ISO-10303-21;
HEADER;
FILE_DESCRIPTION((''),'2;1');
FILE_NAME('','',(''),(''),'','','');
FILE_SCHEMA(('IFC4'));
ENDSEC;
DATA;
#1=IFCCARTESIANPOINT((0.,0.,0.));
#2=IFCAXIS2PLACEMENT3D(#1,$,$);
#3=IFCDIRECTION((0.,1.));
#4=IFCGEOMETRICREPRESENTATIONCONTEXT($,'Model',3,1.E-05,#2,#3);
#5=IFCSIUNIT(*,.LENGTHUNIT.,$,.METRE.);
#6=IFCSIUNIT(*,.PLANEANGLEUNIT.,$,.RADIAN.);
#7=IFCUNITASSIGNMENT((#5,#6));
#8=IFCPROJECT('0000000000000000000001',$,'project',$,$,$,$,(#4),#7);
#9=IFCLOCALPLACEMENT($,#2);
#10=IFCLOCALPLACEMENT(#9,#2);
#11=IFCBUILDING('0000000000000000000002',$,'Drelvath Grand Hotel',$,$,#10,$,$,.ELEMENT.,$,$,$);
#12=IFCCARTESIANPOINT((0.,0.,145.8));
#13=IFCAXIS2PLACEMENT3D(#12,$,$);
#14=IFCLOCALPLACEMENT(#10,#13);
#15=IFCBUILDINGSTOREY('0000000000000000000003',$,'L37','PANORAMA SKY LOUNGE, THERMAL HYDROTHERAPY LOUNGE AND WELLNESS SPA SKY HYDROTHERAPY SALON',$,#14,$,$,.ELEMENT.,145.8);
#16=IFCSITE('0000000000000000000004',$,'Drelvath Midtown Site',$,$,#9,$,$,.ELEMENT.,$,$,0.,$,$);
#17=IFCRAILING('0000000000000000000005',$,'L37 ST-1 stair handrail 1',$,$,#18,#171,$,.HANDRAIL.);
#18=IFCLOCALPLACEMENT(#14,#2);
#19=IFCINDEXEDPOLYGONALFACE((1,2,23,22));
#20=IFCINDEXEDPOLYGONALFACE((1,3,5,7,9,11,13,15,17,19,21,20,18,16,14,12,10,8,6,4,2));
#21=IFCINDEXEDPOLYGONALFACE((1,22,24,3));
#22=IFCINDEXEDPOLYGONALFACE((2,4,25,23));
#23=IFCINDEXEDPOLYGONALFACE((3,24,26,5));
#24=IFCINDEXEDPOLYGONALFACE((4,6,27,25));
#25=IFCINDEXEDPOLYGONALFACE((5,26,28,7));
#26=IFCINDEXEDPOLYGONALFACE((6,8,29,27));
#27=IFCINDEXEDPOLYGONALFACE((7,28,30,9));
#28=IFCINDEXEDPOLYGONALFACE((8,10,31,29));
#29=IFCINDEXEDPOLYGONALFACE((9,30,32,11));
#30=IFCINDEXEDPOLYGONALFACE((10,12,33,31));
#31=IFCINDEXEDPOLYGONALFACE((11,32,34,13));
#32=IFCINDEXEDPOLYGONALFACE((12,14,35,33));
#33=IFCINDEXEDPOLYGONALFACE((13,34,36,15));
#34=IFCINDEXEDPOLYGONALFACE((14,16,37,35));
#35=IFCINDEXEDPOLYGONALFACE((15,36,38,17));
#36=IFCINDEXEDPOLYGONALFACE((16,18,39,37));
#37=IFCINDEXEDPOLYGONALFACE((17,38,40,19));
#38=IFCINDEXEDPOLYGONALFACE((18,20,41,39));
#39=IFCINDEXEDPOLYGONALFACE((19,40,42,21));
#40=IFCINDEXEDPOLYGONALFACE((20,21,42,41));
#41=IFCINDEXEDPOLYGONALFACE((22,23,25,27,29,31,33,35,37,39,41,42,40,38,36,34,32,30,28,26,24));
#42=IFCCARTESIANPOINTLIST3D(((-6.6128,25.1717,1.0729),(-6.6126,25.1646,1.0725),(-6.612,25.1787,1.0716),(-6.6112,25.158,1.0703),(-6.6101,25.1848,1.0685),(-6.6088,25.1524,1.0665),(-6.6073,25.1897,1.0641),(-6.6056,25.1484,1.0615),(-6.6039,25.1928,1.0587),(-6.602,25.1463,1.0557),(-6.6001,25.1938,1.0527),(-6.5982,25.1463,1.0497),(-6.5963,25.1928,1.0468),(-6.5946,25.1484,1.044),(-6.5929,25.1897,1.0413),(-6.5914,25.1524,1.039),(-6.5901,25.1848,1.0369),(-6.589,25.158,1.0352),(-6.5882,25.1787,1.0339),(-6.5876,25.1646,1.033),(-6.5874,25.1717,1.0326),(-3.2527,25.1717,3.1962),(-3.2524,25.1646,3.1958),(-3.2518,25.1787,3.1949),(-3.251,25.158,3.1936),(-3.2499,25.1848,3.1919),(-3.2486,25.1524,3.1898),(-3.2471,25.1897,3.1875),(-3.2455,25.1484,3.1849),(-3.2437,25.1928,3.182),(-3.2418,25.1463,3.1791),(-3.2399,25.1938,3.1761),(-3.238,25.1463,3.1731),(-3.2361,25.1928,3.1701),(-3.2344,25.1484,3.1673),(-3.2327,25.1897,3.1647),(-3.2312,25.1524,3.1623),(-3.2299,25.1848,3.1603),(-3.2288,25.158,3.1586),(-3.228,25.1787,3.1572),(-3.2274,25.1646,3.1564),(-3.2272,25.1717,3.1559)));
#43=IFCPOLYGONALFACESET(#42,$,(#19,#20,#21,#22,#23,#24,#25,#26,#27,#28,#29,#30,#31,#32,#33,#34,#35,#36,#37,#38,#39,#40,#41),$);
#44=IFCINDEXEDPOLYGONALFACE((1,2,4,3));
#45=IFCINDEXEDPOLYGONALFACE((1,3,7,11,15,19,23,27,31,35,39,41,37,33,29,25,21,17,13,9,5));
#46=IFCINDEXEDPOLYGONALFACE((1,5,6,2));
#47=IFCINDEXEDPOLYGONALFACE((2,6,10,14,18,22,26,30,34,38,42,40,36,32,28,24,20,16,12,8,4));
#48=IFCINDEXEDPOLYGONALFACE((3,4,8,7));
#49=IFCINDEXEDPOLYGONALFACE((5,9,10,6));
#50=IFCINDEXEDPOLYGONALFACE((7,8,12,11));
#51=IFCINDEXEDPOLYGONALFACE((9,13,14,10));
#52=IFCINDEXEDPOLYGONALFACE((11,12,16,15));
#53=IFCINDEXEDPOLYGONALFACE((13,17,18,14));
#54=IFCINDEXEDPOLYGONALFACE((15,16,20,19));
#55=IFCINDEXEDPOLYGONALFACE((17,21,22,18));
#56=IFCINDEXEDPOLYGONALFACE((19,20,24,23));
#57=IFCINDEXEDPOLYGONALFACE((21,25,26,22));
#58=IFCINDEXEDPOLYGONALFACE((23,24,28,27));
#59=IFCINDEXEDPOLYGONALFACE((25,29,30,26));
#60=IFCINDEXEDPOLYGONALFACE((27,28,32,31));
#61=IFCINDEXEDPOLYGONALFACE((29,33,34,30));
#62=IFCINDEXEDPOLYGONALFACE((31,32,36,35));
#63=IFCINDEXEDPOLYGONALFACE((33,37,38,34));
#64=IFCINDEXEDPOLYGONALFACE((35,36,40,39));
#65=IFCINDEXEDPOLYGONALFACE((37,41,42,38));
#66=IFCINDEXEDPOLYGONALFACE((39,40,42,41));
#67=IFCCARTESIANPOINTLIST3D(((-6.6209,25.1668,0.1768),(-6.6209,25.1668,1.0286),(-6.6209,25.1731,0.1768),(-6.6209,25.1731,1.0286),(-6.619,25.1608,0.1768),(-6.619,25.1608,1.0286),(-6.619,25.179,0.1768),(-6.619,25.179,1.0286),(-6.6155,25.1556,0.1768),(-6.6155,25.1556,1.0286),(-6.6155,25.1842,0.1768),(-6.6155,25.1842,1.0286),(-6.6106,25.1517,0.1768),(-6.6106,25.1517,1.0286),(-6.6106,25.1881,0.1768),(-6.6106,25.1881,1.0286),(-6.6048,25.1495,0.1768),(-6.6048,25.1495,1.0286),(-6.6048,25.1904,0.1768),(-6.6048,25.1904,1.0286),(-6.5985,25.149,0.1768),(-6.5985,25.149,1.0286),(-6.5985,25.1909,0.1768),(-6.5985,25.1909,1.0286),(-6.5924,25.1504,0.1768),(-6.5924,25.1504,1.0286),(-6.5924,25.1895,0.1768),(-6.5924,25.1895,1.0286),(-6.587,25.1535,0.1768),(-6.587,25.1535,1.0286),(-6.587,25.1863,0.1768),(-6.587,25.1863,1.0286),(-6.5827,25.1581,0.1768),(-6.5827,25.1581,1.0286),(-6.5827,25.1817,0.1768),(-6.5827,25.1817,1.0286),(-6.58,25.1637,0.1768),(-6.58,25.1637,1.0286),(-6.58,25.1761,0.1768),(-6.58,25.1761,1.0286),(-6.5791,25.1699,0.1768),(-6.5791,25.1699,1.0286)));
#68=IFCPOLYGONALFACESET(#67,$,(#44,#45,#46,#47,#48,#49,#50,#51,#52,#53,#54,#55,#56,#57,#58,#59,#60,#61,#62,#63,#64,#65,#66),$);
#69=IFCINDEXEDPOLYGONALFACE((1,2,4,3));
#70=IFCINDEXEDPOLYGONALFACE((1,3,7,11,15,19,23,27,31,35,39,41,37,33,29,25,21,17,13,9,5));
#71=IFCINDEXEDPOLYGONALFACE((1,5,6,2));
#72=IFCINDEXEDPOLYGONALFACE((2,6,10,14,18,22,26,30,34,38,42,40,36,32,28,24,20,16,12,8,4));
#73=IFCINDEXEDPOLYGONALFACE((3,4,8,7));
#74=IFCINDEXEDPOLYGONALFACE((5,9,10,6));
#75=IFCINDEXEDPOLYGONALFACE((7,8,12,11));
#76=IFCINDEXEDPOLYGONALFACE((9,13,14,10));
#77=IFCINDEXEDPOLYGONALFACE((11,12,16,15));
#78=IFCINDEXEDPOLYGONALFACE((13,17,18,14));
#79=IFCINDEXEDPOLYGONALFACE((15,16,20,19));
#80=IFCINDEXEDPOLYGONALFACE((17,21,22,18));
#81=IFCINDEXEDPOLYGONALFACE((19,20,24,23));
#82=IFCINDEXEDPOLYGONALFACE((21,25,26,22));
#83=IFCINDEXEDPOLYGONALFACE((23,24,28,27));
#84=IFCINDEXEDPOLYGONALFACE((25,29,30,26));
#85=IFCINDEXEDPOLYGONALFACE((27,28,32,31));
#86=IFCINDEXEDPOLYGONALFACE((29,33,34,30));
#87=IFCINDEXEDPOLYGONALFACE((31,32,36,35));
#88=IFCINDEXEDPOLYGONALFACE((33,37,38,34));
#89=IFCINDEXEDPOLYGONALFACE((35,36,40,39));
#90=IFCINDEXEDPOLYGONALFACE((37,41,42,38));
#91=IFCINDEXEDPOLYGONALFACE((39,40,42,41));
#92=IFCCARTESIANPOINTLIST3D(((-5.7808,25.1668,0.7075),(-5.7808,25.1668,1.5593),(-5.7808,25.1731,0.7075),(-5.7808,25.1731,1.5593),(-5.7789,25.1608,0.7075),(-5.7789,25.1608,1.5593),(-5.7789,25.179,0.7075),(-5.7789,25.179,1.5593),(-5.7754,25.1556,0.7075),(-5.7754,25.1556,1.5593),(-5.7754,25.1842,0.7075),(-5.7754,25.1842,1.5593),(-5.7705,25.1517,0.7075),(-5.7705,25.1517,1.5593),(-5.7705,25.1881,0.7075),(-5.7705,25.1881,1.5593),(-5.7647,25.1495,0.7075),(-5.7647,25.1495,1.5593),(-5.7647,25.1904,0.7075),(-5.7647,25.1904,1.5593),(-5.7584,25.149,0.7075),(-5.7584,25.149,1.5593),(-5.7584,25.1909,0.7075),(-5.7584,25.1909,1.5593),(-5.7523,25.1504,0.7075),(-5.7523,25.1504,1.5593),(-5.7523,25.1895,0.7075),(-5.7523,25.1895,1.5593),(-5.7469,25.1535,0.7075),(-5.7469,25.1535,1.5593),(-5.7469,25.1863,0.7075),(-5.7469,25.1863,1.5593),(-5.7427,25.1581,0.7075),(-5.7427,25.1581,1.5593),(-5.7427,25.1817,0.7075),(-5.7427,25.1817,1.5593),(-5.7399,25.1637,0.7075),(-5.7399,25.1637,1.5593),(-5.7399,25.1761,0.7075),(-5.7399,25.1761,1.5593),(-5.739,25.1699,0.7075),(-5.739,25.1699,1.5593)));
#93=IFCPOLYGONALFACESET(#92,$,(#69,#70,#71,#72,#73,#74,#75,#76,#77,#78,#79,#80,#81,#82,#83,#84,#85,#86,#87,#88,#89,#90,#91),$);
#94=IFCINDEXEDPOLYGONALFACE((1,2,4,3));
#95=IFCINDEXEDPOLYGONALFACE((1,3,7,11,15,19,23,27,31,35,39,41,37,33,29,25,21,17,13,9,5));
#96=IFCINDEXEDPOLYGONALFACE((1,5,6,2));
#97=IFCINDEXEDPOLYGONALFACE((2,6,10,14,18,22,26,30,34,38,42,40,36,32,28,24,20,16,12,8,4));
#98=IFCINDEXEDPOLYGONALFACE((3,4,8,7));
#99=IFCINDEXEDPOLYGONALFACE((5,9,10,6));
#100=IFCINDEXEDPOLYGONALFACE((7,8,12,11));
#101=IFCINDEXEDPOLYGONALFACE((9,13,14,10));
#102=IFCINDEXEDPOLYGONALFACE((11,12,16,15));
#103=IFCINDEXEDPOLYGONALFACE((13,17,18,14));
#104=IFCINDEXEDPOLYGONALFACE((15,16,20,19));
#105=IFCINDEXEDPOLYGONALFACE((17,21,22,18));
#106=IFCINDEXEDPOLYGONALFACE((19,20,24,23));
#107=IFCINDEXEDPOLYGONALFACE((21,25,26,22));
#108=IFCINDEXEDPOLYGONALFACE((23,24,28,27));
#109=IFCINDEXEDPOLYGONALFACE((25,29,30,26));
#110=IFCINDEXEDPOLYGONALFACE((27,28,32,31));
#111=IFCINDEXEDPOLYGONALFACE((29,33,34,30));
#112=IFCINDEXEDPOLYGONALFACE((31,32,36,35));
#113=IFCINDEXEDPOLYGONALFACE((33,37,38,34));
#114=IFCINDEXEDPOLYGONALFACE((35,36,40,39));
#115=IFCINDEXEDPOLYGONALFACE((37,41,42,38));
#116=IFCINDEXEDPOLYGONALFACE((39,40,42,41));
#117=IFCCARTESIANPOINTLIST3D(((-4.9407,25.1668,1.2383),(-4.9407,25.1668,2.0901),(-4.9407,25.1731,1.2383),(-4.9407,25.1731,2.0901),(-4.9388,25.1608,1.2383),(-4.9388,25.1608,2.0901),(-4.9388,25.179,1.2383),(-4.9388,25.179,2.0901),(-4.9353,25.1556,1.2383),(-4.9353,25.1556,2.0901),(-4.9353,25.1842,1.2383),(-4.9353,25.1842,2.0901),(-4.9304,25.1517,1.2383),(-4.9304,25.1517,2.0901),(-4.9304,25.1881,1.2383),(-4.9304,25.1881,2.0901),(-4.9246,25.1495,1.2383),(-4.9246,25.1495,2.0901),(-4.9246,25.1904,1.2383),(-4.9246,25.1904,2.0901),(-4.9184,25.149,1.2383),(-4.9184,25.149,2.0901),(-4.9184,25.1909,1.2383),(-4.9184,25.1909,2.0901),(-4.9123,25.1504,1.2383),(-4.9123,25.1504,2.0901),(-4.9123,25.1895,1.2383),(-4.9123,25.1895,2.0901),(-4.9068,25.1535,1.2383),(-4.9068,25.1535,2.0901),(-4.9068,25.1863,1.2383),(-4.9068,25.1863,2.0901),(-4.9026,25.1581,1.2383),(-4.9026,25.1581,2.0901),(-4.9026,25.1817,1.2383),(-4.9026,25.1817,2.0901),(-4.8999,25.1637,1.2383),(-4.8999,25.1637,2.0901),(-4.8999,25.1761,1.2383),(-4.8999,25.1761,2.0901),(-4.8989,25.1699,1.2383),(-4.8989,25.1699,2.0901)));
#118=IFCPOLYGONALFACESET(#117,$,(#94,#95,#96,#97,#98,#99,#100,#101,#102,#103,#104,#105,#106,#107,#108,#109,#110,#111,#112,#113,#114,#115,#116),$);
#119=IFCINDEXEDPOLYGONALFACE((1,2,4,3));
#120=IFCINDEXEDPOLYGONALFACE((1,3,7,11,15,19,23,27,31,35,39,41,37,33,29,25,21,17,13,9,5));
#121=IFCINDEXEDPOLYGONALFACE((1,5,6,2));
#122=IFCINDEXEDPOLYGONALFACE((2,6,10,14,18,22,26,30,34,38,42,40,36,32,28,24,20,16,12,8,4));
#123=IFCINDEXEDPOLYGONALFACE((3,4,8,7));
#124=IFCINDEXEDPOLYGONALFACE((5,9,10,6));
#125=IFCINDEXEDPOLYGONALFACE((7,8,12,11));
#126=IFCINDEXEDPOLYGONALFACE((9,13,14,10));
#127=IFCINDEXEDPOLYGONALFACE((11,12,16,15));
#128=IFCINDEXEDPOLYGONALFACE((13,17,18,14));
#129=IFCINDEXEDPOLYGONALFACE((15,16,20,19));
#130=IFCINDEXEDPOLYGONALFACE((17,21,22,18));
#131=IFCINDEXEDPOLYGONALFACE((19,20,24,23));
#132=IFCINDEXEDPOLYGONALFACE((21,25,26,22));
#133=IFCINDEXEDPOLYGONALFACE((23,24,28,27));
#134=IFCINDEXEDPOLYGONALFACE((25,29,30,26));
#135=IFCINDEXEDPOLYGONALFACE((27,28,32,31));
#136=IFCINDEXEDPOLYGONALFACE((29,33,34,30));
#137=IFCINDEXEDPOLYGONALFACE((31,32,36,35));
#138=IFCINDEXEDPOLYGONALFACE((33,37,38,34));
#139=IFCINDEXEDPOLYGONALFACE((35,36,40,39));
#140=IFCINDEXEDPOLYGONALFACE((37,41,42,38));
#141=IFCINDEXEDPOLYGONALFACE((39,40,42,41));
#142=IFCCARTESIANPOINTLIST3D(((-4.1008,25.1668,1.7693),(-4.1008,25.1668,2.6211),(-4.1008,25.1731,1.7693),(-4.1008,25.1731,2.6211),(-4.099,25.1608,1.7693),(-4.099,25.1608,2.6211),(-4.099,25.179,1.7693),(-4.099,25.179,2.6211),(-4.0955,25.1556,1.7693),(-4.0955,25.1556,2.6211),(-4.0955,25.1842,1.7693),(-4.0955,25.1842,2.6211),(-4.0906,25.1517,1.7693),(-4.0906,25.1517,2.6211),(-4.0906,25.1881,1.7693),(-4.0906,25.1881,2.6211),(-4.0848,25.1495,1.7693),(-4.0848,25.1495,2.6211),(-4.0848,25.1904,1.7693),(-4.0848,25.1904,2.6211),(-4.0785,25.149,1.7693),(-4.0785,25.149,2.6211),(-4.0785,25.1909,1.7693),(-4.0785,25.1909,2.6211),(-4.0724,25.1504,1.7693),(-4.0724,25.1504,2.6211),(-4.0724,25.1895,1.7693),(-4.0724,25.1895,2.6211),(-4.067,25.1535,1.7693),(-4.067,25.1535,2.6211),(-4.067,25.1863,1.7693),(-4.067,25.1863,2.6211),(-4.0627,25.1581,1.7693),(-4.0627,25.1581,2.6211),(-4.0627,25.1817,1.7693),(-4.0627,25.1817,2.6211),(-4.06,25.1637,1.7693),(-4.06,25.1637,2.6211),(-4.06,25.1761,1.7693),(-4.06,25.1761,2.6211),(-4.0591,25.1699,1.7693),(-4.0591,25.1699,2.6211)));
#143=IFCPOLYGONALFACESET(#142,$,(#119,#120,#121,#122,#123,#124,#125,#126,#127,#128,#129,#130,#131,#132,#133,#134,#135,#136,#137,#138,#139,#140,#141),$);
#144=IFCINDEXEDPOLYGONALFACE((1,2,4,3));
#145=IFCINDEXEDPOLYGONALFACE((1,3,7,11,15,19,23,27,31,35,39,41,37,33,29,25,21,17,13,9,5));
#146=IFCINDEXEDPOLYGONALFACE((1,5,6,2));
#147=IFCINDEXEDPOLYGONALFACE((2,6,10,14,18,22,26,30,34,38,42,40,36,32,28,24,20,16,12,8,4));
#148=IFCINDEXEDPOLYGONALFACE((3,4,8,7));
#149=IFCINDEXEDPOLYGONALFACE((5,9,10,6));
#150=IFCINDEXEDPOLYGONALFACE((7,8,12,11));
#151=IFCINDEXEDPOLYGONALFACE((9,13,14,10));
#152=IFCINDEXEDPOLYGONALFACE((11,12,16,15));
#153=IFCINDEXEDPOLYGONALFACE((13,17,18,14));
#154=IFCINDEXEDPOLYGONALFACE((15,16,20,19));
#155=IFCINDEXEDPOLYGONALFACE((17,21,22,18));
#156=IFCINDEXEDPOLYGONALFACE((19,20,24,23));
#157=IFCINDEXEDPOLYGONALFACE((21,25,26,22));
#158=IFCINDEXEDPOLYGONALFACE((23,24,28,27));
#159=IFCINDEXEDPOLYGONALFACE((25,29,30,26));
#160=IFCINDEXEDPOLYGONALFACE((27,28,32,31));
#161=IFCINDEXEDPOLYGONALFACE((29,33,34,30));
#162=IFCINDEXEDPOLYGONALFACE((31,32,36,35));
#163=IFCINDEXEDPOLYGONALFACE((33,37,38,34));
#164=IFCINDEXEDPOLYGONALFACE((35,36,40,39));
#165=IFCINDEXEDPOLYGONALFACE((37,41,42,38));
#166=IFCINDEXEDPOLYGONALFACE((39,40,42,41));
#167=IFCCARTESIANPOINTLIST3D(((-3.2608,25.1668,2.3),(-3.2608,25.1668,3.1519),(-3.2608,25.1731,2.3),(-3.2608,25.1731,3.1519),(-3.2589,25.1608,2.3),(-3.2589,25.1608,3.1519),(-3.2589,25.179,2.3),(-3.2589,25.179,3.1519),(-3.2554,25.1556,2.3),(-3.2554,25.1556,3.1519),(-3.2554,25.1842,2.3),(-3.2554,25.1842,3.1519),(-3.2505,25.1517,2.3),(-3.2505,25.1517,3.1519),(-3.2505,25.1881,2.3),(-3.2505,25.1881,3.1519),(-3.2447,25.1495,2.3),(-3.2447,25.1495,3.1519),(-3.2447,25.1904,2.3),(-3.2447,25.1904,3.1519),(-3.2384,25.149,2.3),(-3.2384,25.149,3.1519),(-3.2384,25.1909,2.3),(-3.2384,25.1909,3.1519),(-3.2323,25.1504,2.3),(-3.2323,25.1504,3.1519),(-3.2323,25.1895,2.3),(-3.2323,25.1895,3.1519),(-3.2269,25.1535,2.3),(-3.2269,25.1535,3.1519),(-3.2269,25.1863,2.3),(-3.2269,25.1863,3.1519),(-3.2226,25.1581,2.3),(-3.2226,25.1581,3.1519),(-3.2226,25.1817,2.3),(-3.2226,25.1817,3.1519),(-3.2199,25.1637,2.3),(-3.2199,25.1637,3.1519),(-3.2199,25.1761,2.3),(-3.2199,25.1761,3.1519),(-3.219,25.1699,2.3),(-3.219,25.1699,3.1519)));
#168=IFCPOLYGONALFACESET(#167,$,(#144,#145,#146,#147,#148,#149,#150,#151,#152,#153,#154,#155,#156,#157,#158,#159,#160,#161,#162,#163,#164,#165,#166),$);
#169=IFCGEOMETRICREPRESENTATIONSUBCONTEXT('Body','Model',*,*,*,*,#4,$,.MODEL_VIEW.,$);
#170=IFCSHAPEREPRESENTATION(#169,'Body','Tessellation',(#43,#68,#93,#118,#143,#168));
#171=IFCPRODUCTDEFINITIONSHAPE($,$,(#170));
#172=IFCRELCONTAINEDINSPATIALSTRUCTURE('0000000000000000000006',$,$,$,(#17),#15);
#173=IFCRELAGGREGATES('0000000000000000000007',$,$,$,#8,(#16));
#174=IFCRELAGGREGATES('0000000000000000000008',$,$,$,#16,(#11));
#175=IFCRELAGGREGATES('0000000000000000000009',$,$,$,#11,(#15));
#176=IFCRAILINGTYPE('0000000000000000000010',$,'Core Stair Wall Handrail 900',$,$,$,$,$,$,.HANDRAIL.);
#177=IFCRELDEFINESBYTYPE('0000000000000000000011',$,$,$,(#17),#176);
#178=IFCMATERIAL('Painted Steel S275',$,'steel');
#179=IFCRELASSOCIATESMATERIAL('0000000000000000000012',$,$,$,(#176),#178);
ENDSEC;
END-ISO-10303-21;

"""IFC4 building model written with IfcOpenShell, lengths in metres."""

from ifc_helpers import new_model, si_unit, direction, frame, origin, origin_2d, place, context, subcontext, project, spatial, circle, extrude, material, type_object, element, save


model = new_model("IFC4")

# Units and contexts
model_context = context("Model", 3, precision=1e-05, world=origin(), true_north=direction((0.0, 1.0)))
body_context = subcontext(model_context, "Body", "Model", "MODEL_VIEW")
ifc_project = project(units=[si_unit("LENGTHUNIT", "METRE"), si_unit("PLANEANGLEUNIT", "RADIAN")], contexts=[model_context])

# Site, building, storey
site_placement = place(None, origin())
site = spatial("IfcSite", under=ifc_project, at=site_placement, Name="Drelvath Midtown Site", CompositionType="ELEMENT", RefElevation=0.0)
building_placement = place(site_placement, origin())
building = spatial("IfcBuilding", under=site, at=building_placement, Name="Drelvath Grand Hotel", CompositionType="ELEMENT")
storey_placement = place(building_placement, frame((0.0, 0.0, 145.8)))
storey = spatial("IfcBuildingStorey", under=building, at=storey_placement, Name="L37", Description="PANORAMA SKY LOUNGE, THERMAL HYDROTHERAPY LOUNGE AND WELLNESS SPA SKY HYDROTHERAPY SALON", CompositionType="ELEMENT", Elevation=145.8)

# Shared definitions
ifc_material_1 = material(Name="Painted Steel S275", Category="steel")

# Railing
railing_type_1 = type_object("IfcRailingType", Name="Core Stair Wall Handrail 900", PredefinedType="HANDRAIL", material=ifc_material_1)
railing_1_placement = place(storey_placement, frame((-6.6001, 25.1699, 0.1768)))
element("IfcRailing", 1, at=railing_1_placement, inside=storey, type_object=railing_type_1, Name="L37 ST-1 stair handrail 1", PredefinedType="HANDRAIL", context=body_context, shape_type="SweptSolid", body=[
    extrude(circle(Radius=0.0239, at=origin_2d()), frame((0.0, 0.0, 0.876), z_axis=(0.845362, 0.0, 0.534194), x_axis=(0.0, 1.0, 0.0)), (0.0, 0.0, 1.0), 3.9749),
    extrude(circle(Radius=0.021, at=origin_2d()), origin(), (0.0, 0.0, 1.0), 0.8518),
    extrude(circle(Radius=0.021, at=origin_2d()), frame((0.8401, 0.0, 0.5308)), (0.0, 0.0, 1.0), 0.8518),
    extrude(circle(Radius=0.021, at=origin_2d()), frame((1.6802, 0.0, 1.0615)), (0.0, 0.0, 1.0), 0.8518),
    extrude(circle(Radius=0.021, at=origin_2d()), frame((2.52, 0.0, 1.5925)), (0.0, 0.0, 1.0), 0.8518),
    extrude(circle(Radius=0.021, at=origin_2d()), frame((3.3601, 0.0, 2.1233)), (0.0, 0.0, 1.0), 0.8518),
])

save(model, "model.ifc")
